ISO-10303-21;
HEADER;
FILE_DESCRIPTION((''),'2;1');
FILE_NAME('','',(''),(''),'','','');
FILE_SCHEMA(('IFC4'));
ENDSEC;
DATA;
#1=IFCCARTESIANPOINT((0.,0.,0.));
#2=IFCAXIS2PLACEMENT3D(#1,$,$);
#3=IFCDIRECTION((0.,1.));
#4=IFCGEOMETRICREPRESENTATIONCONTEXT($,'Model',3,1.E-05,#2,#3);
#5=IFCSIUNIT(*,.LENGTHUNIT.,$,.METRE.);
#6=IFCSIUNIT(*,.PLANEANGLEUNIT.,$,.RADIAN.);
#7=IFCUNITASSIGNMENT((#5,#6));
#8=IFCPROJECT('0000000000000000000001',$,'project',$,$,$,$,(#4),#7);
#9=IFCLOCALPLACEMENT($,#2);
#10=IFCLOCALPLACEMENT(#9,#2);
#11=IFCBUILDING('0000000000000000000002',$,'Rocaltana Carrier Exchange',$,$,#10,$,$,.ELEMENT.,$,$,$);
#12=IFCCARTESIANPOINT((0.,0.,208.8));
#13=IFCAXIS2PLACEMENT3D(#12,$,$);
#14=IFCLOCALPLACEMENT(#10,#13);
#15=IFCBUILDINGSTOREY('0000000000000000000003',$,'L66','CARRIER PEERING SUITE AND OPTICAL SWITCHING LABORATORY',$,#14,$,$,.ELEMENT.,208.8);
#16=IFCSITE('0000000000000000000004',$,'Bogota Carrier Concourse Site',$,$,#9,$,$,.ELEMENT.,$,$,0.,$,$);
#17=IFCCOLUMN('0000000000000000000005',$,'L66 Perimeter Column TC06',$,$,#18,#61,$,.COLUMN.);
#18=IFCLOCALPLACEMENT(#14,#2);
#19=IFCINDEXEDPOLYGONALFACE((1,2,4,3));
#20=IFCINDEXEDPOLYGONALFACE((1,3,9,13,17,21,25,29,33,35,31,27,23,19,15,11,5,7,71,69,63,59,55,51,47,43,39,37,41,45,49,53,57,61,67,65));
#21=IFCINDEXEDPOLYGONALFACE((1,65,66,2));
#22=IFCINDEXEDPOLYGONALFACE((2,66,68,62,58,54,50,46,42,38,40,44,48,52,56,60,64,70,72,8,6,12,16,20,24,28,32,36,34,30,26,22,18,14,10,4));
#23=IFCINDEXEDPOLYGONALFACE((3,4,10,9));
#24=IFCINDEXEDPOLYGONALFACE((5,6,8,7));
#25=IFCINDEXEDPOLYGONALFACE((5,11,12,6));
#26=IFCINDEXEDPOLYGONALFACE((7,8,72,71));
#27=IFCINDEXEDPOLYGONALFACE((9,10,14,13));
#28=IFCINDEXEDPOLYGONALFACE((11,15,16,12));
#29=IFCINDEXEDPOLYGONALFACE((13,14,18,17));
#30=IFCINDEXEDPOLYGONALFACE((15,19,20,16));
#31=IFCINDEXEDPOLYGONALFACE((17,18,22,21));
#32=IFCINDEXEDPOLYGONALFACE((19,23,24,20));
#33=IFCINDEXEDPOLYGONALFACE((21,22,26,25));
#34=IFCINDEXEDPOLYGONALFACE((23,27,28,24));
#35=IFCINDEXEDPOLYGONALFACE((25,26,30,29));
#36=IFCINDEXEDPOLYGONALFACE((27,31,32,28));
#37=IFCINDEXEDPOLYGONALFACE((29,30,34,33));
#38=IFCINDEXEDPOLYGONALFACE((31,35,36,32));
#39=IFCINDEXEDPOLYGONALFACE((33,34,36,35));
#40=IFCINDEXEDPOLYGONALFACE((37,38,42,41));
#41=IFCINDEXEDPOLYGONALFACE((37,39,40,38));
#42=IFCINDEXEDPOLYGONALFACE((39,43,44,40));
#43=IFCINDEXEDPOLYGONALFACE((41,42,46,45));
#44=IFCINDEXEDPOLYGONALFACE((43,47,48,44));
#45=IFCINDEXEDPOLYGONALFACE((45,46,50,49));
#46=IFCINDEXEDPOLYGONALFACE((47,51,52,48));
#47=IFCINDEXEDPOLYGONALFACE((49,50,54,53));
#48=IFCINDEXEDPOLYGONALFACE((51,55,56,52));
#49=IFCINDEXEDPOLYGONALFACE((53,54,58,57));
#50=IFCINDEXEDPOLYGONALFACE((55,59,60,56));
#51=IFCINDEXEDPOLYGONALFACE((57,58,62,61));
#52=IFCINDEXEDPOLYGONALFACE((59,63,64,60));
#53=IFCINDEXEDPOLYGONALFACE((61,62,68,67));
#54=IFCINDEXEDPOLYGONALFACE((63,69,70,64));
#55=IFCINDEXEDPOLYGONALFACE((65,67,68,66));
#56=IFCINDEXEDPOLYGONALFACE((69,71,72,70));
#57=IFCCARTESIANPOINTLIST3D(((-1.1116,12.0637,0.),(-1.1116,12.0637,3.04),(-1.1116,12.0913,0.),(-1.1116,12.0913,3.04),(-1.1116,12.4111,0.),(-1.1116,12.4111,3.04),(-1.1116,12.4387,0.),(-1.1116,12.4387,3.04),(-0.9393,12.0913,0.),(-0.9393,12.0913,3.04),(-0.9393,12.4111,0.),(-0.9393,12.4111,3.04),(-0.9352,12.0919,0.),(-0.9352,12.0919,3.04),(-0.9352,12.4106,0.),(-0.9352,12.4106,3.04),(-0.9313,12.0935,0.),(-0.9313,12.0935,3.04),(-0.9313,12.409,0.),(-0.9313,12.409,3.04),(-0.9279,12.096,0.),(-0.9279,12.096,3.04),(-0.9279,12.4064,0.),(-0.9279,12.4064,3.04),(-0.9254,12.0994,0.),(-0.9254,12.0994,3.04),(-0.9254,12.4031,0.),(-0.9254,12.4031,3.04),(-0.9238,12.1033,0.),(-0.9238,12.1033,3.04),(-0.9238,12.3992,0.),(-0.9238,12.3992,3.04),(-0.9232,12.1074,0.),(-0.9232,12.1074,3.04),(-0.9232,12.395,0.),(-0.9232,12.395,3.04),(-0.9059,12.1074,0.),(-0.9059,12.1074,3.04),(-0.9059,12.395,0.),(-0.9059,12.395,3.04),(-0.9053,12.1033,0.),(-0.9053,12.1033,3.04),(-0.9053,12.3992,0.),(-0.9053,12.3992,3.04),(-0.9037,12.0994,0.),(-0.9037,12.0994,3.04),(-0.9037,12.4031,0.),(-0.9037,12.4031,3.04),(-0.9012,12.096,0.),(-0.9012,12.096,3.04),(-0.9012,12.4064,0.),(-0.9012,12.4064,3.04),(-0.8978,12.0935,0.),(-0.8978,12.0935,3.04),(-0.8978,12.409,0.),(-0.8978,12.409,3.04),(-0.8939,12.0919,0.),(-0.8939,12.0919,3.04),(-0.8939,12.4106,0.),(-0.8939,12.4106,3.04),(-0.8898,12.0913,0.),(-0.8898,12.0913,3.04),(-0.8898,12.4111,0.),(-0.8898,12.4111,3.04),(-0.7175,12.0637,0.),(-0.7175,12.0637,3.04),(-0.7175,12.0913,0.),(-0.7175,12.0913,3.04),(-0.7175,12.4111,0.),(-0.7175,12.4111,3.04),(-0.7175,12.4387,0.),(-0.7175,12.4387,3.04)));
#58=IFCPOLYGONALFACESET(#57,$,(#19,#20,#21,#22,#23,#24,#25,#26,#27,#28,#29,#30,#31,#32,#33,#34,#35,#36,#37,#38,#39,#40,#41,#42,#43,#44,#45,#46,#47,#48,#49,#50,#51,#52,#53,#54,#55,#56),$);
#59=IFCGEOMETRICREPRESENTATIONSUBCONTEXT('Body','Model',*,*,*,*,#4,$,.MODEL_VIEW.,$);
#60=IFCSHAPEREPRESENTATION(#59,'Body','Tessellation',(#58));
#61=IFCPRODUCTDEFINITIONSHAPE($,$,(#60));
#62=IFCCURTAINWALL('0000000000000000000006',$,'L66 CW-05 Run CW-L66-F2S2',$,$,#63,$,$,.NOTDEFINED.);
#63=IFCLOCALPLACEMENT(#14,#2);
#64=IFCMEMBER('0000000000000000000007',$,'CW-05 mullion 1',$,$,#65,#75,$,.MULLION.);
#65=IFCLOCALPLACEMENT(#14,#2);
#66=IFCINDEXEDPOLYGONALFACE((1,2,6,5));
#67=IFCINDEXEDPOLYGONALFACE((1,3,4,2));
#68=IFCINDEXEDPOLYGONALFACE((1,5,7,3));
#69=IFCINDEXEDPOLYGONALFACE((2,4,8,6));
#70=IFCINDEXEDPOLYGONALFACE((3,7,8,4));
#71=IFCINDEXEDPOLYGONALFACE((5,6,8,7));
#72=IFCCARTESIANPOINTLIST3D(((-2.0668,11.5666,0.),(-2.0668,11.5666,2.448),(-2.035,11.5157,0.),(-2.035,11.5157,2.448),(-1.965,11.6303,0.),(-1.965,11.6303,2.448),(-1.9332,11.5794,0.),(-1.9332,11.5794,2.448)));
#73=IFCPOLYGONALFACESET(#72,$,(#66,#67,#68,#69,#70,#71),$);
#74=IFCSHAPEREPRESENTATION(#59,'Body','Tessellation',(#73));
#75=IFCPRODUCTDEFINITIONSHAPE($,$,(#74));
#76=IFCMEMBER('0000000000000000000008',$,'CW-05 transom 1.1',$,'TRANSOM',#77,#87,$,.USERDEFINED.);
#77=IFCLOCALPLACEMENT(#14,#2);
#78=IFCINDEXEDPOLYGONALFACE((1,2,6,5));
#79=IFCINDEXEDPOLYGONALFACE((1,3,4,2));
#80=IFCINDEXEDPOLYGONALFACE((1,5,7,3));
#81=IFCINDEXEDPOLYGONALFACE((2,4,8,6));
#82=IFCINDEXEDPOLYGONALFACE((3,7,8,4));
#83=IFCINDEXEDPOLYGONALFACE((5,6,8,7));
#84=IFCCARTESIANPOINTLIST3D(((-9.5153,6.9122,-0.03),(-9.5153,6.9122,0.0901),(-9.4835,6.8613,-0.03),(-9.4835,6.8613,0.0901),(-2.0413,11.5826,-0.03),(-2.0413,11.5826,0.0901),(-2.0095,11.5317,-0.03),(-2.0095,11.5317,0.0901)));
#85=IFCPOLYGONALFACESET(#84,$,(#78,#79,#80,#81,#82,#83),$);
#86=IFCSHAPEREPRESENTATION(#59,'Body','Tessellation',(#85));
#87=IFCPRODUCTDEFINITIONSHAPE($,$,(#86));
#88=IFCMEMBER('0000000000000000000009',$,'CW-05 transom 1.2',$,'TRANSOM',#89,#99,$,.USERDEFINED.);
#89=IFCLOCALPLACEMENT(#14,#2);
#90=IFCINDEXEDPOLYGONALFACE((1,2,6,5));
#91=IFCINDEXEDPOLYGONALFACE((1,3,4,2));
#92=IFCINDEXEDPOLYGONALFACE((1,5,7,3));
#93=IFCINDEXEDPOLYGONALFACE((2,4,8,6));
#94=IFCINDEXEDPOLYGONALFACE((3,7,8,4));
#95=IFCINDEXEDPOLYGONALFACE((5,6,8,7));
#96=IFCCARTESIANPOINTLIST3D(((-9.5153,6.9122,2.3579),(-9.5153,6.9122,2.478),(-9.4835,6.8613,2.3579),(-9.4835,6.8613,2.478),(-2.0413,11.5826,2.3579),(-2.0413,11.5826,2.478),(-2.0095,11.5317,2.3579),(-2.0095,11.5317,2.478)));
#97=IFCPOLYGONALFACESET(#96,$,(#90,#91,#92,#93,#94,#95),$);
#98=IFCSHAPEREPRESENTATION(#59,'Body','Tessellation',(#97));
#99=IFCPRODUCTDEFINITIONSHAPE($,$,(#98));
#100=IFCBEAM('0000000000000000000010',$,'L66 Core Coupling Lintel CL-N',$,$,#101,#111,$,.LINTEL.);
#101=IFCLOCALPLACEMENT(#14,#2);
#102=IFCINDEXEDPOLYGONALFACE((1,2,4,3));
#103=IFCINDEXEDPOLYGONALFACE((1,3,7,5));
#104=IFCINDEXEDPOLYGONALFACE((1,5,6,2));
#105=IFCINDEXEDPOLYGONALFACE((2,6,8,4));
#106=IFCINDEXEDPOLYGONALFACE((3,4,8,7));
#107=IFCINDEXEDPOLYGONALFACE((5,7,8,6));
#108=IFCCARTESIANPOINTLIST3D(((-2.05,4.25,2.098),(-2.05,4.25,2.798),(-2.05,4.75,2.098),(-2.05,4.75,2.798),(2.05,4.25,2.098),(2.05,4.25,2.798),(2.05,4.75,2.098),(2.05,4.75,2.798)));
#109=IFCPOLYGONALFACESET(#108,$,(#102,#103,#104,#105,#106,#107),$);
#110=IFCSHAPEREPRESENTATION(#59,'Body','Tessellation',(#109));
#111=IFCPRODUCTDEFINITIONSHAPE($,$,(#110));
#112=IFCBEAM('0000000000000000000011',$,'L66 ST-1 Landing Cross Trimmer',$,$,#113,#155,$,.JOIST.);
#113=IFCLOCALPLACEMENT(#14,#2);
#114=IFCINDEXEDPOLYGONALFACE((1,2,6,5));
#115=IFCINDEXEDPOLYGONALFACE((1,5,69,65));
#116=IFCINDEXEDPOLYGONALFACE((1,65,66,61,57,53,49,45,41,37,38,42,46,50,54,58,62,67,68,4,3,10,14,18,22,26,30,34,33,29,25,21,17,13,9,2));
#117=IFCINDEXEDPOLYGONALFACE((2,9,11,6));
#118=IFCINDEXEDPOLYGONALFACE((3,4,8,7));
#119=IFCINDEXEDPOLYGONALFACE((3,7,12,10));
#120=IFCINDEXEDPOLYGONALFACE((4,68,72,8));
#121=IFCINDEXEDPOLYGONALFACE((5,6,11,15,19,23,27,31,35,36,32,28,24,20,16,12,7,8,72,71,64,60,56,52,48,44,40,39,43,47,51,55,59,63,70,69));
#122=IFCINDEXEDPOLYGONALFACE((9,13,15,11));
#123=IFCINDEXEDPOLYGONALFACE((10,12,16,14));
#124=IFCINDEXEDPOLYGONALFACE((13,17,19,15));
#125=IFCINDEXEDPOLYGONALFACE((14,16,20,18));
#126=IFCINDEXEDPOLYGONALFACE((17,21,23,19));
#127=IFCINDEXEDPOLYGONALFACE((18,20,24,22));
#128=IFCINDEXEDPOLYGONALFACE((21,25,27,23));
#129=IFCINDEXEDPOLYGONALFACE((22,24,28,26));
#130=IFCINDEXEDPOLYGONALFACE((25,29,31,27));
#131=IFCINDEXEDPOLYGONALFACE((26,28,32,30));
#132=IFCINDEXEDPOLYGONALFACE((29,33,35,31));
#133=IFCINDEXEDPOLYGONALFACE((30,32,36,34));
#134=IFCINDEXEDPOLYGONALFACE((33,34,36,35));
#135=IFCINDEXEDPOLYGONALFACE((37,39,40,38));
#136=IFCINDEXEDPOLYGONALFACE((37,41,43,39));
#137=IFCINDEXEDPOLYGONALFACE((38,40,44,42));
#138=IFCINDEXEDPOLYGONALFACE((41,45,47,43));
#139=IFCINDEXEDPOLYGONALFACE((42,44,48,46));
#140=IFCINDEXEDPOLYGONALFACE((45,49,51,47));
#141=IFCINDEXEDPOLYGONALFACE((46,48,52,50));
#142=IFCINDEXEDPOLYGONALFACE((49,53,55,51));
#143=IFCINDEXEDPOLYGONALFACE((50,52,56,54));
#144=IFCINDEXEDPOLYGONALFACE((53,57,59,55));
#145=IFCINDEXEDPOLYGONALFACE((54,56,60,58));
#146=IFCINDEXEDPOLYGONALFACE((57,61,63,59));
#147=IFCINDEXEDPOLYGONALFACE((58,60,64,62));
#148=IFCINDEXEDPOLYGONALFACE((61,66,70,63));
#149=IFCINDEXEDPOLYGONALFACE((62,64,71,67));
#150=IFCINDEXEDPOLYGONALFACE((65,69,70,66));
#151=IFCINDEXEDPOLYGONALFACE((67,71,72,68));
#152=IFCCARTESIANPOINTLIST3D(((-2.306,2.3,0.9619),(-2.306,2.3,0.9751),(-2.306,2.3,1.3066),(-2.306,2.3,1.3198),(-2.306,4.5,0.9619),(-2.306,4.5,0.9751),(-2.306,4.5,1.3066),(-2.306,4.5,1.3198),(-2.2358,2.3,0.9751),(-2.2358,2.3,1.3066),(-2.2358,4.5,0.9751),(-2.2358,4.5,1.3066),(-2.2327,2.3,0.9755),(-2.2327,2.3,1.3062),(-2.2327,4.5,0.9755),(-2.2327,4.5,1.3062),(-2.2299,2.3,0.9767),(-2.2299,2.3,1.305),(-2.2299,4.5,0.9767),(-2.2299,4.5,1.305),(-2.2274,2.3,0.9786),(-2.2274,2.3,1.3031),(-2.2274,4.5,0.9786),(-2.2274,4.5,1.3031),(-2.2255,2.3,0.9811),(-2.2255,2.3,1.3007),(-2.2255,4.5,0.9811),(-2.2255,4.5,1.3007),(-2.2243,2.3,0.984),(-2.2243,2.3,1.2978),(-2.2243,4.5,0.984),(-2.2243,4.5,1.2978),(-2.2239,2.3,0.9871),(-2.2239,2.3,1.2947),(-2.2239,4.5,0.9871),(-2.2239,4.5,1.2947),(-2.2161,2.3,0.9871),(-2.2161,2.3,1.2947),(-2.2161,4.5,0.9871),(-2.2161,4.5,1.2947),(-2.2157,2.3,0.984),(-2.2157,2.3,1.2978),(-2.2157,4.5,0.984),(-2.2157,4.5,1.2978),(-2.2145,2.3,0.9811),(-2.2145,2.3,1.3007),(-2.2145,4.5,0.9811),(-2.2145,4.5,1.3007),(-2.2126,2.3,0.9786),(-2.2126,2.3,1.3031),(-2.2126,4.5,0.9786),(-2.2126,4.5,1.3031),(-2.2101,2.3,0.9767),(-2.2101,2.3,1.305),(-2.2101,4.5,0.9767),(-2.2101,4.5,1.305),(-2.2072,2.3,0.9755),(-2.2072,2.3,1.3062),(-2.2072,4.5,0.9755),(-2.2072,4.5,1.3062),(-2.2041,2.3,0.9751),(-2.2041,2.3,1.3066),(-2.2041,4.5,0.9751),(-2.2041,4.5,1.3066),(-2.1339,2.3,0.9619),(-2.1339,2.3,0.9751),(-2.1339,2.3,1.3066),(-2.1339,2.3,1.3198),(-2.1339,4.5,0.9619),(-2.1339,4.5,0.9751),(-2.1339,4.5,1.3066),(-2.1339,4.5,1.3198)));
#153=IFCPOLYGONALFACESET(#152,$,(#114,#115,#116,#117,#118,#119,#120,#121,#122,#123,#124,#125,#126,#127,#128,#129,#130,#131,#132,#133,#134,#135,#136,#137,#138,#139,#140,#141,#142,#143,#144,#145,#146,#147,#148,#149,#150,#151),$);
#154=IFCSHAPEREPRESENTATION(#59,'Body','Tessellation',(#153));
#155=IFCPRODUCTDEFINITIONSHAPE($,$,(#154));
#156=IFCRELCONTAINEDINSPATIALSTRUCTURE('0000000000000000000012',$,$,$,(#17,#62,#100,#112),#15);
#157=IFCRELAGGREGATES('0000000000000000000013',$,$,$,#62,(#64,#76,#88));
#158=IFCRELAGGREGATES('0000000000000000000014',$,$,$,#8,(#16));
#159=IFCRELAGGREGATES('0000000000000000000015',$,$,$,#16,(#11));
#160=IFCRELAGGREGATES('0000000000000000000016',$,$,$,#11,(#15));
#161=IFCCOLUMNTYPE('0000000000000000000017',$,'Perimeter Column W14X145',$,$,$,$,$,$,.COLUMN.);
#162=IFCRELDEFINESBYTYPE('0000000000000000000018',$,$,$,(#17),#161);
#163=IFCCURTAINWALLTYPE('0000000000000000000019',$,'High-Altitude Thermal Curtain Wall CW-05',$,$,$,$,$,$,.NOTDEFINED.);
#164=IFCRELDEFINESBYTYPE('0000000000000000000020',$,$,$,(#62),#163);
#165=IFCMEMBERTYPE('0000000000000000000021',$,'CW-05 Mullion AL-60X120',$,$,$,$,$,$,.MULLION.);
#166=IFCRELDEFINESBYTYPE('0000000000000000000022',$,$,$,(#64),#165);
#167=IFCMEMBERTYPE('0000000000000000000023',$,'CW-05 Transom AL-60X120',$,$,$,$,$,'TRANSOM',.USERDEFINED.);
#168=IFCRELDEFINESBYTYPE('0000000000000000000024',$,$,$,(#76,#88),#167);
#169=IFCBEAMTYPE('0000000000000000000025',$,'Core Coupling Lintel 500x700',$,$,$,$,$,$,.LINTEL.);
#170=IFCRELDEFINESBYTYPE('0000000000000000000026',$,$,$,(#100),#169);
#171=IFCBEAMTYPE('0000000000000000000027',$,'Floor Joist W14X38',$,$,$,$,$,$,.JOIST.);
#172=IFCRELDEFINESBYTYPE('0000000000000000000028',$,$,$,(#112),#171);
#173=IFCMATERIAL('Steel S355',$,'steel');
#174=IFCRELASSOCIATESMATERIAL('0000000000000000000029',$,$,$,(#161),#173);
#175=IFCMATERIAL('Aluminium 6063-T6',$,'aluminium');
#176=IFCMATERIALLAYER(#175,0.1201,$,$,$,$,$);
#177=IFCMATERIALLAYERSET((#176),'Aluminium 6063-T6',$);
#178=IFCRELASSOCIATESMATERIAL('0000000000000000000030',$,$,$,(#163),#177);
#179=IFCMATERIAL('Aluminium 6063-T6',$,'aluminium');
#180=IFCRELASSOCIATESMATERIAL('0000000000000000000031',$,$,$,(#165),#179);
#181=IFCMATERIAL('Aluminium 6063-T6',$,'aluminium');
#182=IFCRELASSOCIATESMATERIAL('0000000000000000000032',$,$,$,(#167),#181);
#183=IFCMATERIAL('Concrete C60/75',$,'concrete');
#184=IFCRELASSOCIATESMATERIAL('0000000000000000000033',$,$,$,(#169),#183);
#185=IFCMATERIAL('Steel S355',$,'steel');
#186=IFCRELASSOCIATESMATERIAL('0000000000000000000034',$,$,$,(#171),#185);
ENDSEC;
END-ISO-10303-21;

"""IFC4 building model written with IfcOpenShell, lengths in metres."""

from ifc_helpers import new_model, si_unit, direction, frame, origin, origin_2d, place, context, subcontext, project, spatial, rectangle, i_section, extrude, material, layer, layer_set, material_profile, profile_set, type_object, element, aggregate, save


model = new_model("IFC4")

# Units and contexts
model_context = context("Model", 3, precision=1e-05, world=origin(), true_north=direction((0.0, 1.0)))
body_context = subcontext(model_context, "Body", "Model", "MODEL_VIEW")
ifc_project = project(units=[si_unit("LENGTHUNIT", "METRE"), si_unit("PLANEANGLEUNIT", "RADIAN")], contexts=[model_context])

# Site, building, storey
site_placement = place(None, origin())
site = spatial("IfcSite", under=ifc_project, at=site_placement, Name="Bogota Carrier Concourse Site", CompositionType="ELEMENT", RefElevation=0.0)
building_placement = place(site_placement, origin())
building = spatial("IfcBuilding", under=site, at=building_placement, Name="Rocaltana Carrier Exchange", CompositionType="ELEMENT")
storey_placement = place(building_placement, frame((0.0, 0.0, 208.8)))
storey = spatial("IfcBuildingStorey", under=building, at=storey_placement, Name="L66", Description="CARRIER PEERING SUITE AND OPTICAL SWITCHING LABORATORY", CompositionType="ELEMENT", Elevation=208.8)

# Column
ifc_material_1 = material(Name="Steel S355", Category="steel")
ifc_material_profile_1 = material_profile(ifc_material_1, i_section(OverallWidth=0.394, OverallDepth=0.375, WebThickness=0.0173, FlangeThickness=0.0276, FilletRadius=0.0161, at=origin_2d()), Name="W14X145")
ifc_profile_set_1 = profile_set([ifc_material_profile_1], Name="Steel S355")
column_type = type_object("IfcColumnType", Name="Perimeter Column W14X145", PredefinedType="COLUMN", material=ifc_profile_set_1)
column_placement = place(storey_placement, frame((-0.9146, 12.2512, 0.0), z_axis=(0.0, 0.0, 1.0), x_axis=(1.0, 0.0, 0.0)))
element("IfcColumn", 1, at=column_placement, inside=storey, type_object=column_type, Name="L66 Perimeter Column TC06", PredefinedType="COLUMN", context=body_context, shape_type="SweptSolid", body=[
    extrude(i_section(OverallWidth=0.394, OverallDepth=0.375, WebThickness=0.0173, FlangeThickness=0.0276, FilletRadius=0.0161, at=origin_2d()), origin(), (0.0, 0.0, 1.0), 3.04),
])

# Curtain wall, members
ifc_material_2 = material(Name="Aluminium 6063-T6", Category="aluminium")
ifc_layer_1 = layer(ifc_material_2, 0.1201)
ifc_layer_set_1 = layer_set([ifc_layer_1], Name="Aluminium 6063-T6")
curtain_wall_type = type_object("IfcCurtainWallType", Name="High-Altitude Thermal Curtain Wall CW-05", PredefinedType="NOTDEFINED", material=ifc_layer_set_1)
curtain_wall_placement = place(storey_placement, origin())
curtain_wall = element("IfcCurtainWall", 2, at=curtain_wall_placement, inside=storey, type_object=curtain_wall_type, Name="L66 CW-05 Run CW-L66-F2S2", PredefinedType="NOTDEFINED")
ifc_material_3 = material(Name="Aluminium 6063-T6", Category="aluminium")
ifc_material_profile_2 = material_profile(ifc_material_3, rectangle(XDim=0.0601, YDim=0.1201, at=origin_2d()), Name="AL-60X120")
ifc_profile_set_2 = profile_set([ifc_material_profile_2], Name="Aluminium 6063-T6")
member_type_1 = type_object("IfcMemberType", Name="CW-05 Mullion AL-60X120", PredefinedType="MULLION", material=ifc_profile_set_2)
member_1_placement = place(storey_placement, frame((-2.0, 11.573, 0.0), z_axis=(0.0, 0.0, 1.0), x_axis=(0.52992, -0.848047, 0.0)))
member_1 = element("IfcMember", 3, at=member_1_placement, type_object=member_type_1, Name="CW-05 mullion 1", PredefinedType="MULLION", context=body_context, shape_type="SweptSolid", body=[
    extrude(rectangle(XDim=0.0601, YDim=0.1201, at=origin_2d()), origin(), (0.0, 0.0, 1.0), 2.448),
])
ifc_material_4 = material(Name="Aluminium 6063-T6", Category="aluminium")
ifc_material_profile_3 = material_profile(ifc_material_4, rectangle(XDim=0.0601, YDim=0.1201, at=origin_2d()), Name="AL-60X120")
ifc_profile_set_3 = profile_set([ifc_material_profile_3], Name="Aluminium 6063-T6")
member_type_2 = type_object("IfcMemberType", Name="CW-05 Transom AL-60X120", ElementType="TRANSOM", PredefinedType="USERDEFINED", material=ifc_profile_set_3)
member_2_placement = place(storey_placement, frame((-2.0254, 11.5571, 0.03), z_axis=(-0.848045, -0.529924, 0.0), x_axis=(0.529924, -0.848045, 0.0)))
member_2 = element("IfcMember", 4, at=member_2_placement, type_object=member_type_2, Name="CW-05 transom 1.1", ObjectType="TRANSOM", PredefinedType="USERDEFINED", context=body_context, shape_type="SweptSolid", body=[
    extrude(rectangle(XDim=0.0601, YDim=0.1201, at=origin_2d()), origin(), (0.0, 0.0, 1.0), 8.8132),
])
member_3_placement = place(storey_placement, frame((-2.0254, 11.5571, 2.418), z_axis=(-0.848045, -0.529924, 0.0), x_axis=(0.529924, -0.848045, 0.0)))
member_3 = element("IfcMember", 5, at=member_3_placement, type_object=member_type_2, Name="CW-05 transom 1.2", ObjectType="TRANSOM", PredefinedType="USERDEFINED", context=body_context, shape_type="SweptSolid", body=[
    extrude(rectangle(XDim=0.0601, YDim=0.1201, at=origin_2d()), origin(), (0.0, 0.0, 1.0), 8.8132),
])

# Beams
ifc_material_5 = material(Name="Concrete C60/75", Category="concrete")
ifc_material_profile_4 = material_profile(ifc_material_5, rectangle(XDim=0.5, YDim=0.7, at=origin_2d()), Name="RC-BM-500X700")
ifc_profile_set_4 = profile_set([ifc_material_profile_4], Name="Concrete C60/75")
beam_type_1 = type_object("IfcBeamType", Name="Core Coupling Lintel 500x700", PredefinedType="LINTEL", material=ifc_profile_set_4)
beam_1_placement = place(storey_placement, frame((-2.05, 4.5, 2.448), z_axis=(1.0, 0.0, 0.0), x_axis=(0.0, 1.0, 0.0)))
element("IfcBeam", 6, at=beam_1_placement, inside=storey, type_object=beam_type_1, Name="L66 Core Coupling Lintel CL-N", PredefinedType="LINTEL", context=body_context, shape_type="SweptSolid", body=[
    extrude(rectangle(XDim=0.5, YDim=0.7, at=origin_2d()), origin(), (0.0, 0.0, 1.0), 4.1001),
])
ifc_material_6 = material(Name="Steel S355", Category="steel")
ifc_material_profile_5 = material_profile(ifc_material_6, i_section(OverallWidth=0.1721, OverallDepth=0.3579, WebThickness=0.0078, FlangeThickness=0.0132, FilletRadius=0.012, at=origin_2d()), Name="W14X38")
ifc_profile_set_5 = profile_set([ifc_material_profile_5], Name="Steel S355")
beam_type_2 = type_object("IfcBeamType", Name="Floor Joist W14X38", PredefinedType="JOIST", material=ifc_profile_set_5)
beam_2_placement = place(storey_placement, frame((-2.22, 2.3, 1.1409), z_axis=(0.0, 1.0, 0.0), x_axis=(-1.0, 0.0, 0.0)))
element("IfcBeam", 7, at=beam_2_placement, inside=storey, type_object=beam_type_2, Name="L66 ST-1 Landing Cross Trimmer", PredefinedType="JOIST", context=body_context, shape_type="SweptSolid", body=[
    extrude(i_section(OverallWidth=0.1721, OverallDepth=0.3579, WebThickness=0.0078, FlangeThickness=0.0132, FilletRadius=0.012, at=origin_2d()), origin(), (0.0, 0.0, 1.0), 2.2),
])

aggregate(curtain_wall, [member_1, member_2, member_3])

save(model, "model.ifc")
